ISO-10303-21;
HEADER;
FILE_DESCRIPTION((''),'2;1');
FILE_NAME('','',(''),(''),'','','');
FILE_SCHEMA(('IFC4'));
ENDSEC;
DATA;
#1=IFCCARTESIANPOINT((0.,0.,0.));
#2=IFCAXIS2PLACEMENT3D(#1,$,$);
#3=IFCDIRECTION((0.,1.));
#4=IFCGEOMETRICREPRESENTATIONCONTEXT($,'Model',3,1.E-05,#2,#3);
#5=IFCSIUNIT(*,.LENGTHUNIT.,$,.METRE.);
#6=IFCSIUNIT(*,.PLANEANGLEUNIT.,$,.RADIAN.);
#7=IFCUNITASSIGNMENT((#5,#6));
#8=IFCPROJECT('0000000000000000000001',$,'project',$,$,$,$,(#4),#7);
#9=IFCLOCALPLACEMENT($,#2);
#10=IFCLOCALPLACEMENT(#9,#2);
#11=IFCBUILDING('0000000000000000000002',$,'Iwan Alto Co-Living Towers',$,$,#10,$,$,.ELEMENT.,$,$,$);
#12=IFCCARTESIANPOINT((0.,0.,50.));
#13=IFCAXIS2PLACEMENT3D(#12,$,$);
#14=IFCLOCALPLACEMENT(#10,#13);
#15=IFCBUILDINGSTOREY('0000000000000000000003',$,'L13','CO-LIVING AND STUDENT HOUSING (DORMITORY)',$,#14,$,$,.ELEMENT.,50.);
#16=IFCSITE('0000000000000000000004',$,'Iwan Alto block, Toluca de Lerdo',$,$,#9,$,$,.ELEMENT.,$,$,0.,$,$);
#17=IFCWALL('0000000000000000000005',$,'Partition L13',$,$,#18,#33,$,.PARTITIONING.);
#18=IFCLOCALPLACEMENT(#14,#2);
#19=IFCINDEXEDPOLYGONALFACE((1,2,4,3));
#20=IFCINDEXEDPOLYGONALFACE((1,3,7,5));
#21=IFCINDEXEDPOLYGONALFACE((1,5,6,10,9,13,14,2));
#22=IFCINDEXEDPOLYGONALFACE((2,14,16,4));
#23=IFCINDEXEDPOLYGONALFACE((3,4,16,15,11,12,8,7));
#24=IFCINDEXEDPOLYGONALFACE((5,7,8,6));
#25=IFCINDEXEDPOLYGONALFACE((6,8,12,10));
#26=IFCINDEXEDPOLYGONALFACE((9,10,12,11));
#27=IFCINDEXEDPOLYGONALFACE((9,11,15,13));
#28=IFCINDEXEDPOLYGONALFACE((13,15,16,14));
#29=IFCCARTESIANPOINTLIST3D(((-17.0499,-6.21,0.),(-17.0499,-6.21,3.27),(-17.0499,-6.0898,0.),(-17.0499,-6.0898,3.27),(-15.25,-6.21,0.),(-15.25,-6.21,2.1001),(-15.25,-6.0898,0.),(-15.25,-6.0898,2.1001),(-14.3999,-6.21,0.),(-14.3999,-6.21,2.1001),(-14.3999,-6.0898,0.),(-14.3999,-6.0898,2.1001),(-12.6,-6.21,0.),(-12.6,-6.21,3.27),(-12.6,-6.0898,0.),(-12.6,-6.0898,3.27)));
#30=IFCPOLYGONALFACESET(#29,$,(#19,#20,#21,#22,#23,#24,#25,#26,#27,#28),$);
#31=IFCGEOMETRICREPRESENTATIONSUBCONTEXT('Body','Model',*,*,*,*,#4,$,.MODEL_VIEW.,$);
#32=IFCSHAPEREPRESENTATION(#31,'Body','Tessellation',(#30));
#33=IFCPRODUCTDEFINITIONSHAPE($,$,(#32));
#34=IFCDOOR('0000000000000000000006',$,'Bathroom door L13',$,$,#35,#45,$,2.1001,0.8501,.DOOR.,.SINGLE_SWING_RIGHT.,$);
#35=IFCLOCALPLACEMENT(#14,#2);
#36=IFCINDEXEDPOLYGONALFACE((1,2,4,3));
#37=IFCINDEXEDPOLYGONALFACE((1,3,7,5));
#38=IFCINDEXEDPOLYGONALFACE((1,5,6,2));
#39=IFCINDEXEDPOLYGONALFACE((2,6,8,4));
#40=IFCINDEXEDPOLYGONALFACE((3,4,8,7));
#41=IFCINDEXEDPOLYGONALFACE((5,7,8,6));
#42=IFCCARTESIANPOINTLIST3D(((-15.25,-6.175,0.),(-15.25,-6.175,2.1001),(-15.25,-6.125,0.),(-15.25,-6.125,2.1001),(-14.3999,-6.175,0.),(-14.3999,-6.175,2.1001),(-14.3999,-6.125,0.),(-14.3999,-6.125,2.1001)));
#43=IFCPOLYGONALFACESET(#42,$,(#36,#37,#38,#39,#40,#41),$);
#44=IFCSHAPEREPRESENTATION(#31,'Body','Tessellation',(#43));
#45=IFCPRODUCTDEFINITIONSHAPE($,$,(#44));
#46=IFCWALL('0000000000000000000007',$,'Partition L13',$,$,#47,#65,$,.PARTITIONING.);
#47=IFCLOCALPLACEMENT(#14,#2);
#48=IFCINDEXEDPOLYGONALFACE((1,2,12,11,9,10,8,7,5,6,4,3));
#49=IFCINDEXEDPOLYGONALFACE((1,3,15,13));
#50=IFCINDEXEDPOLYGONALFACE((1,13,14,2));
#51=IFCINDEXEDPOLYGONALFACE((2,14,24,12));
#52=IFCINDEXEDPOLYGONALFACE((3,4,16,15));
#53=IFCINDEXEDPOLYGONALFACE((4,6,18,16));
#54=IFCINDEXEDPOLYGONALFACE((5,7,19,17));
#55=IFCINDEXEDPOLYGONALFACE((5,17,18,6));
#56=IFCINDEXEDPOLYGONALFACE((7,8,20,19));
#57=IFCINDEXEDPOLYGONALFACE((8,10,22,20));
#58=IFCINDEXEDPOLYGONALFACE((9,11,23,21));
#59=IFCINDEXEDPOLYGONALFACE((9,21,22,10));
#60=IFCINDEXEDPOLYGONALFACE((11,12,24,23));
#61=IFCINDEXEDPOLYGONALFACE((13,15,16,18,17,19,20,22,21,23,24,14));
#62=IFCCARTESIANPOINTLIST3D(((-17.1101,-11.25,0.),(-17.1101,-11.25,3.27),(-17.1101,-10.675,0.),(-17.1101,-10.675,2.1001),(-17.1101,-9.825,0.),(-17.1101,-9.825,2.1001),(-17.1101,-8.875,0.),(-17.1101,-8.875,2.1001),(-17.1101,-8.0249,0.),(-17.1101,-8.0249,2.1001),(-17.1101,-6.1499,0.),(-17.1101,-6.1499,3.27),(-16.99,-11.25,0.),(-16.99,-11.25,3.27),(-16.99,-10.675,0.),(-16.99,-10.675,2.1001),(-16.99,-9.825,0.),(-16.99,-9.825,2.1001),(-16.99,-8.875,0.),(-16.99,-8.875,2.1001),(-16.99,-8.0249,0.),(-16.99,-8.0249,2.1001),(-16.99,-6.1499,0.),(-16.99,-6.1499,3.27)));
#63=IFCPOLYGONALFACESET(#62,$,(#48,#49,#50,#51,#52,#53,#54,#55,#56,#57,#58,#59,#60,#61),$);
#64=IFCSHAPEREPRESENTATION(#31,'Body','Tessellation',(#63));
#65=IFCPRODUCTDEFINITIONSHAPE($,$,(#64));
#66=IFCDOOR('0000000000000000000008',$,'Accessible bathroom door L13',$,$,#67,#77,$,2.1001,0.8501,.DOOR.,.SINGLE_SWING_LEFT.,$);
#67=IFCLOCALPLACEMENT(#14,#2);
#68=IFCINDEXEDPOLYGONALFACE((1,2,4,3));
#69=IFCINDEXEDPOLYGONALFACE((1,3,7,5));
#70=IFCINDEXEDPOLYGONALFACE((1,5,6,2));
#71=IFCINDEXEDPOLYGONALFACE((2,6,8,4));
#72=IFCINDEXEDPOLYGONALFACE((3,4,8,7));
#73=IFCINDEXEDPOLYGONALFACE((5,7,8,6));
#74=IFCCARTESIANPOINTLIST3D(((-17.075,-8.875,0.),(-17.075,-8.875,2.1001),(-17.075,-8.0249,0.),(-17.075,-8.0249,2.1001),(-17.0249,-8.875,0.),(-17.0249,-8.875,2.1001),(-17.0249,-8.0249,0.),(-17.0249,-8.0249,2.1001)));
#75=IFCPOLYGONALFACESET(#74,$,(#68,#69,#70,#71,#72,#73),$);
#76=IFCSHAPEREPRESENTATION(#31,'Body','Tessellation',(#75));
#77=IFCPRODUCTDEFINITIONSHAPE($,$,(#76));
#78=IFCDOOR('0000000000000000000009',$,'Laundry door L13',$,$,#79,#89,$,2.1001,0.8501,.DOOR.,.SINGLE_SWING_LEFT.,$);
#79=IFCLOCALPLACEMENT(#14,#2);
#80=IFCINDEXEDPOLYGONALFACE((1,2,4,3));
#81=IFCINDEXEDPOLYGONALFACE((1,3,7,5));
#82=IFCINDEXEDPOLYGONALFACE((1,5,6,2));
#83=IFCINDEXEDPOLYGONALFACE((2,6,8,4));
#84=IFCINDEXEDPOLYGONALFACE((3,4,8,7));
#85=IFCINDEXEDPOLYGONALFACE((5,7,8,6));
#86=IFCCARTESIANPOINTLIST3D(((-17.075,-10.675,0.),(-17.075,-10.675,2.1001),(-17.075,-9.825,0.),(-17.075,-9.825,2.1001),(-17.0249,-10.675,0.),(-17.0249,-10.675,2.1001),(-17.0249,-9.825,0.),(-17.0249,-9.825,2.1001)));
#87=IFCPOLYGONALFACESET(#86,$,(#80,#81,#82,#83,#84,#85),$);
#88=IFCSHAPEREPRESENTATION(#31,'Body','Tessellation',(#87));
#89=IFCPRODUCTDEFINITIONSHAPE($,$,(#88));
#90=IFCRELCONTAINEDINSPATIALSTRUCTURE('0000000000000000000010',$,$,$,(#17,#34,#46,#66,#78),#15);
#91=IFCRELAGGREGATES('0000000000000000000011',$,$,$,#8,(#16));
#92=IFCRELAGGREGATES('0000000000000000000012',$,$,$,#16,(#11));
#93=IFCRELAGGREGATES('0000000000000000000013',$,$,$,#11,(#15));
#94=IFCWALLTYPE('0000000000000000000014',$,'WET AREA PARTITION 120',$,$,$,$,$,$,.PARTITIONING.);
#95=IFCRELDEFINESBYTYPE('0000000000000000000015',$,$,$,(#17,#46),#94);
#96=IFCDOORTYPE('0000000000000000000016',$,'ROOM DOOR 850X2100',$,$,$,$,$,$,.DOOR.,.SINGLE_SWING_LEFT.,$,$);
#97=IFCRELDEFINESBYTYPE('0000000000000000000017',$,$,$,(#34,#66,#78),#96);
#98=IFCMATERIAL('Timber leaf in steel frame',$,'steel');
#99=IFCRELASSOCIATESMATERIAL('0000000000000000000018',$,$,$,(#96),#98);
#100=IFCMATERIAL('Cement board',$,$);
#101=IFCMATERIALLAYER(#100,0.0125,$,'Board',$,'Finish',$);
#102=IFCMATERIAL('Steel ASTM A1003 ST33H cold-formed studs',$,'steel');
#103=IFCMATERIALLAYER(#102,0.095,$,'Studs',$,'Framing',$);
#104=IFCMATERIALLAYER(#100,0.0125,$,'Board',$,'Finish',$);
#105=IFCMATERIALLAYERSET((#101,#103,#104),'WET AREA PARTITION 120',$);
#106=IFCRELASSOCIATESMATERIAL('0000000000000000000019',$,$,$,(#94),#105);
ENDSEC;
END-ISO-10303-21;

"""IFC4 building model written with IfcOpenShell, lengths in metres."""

from ifc_helpers import new_model, si_unit, direction, frame, frame_2d, origin, place, context, subcontext, project, spatial, rectangle, extrude, material, layer, layer_set, type_object, element, fill, save


model = new_model("IFC4")

# Units and contexts
model_context = context("Model", 3, precision=1e-05, world=origin(), true_north=direction((0.0, 1.0)))
body_context = subcontext(model_context, "Body", "Model", "MODEL_VIEW")
ifc_project = project(units=[si_unit("LENGTHUNIT", "METRE"), si_unit("PLANEANGLEUNIT", "RADIAN")], contexts=[model_context])

# Site, building, storey
site_placement = place(None, origin())
site = spatial("IfcSite", under=ifc_project, at=site_placement, Name="Iwan Alto block, Toluca de Lerdo", CompositionType="ELEMENT", RefElevation=0.0)
building_placement = place(site_placement, origin())
building = spatial("IfcBuilding", under=site, at=building_placement, Name="Iwan Alto Co-Living Towers", CompositionType="ELEMENT")
storey_placement = place(building_placement, frame((0.0, 0.0, 50.0)))
storey = spatial("IfcBuildingStorey", under=building, at=storey_placement, Name="L13", Description="CO-LIVING AND STUDENT HOUSING (DORMITORY)", CompositionType="ELEMENT", Elevation=50.0)

# Shared definitions
ifc_material_1 = material(Name="Steel ASTM A1003 ST33H cold-formed studs", Category="steel")

# Shared definitions
ifc_material_2 = material(Name="Timber leaf in steel frame", Category="steel")
door_type_1 = type_object("IfcDoorType", Name="ROOM DOOR 850X2100", OperationType="SINGLE_SWING_LEFT", PredefinedType="DOOR", material=ifc_material_2)

# Shared definitions
ifc_material_3 = material(Name="Cement board")
ifc_layer_1 = layer(ifc_material_3, 0.0125, Name="Board", Category="Finish")
ifc_layer_2 = layer(ifc_material_1, 0.095, Name="Studs", Category="Framing")
ifc_layer_3 = layer(ifc_material_3, 0.0125, Name="Board", Category="Finish")
ifc_layer_set_1 = layer_set([ifc_layer_1, ifc_layer_2, ifc_layer_3], Name="WET AREA PARTITION 120")
wall_type_1 = type_object("IfcWallType", Name="WET AREA PARTITION 120", PredefinedType="PARTITIONING", material=ifc_layer_set_1)

# Wall, opening, door
wall_1_placement = place(storey_placement, frame((-17.05, -6.1499, 0.0), z_axis=(0.0, 0.0, 1.0), x_axis=(1.0, 0.0, 0.0)))
wall_1 = element("IfcWall", 1, at=wall_1_placement, inside=storey, type_object=wall_type_1, Name="Partition L13", PredefinedType="PARTITIONING", context=body_context, shape_type="SweptSolid", body=[
    extrude(rectangle(XDim=4.45, YDim=0.1201, at=frame_2d((2.2251, 0.0))), origin(), (0.0, 0.0, 1.0), 3.27),
])
opening_1_placement = place(wall_1_placement, frame((1.8, 0.0, 0.0)))
opening_1 = element("IfcOpeningElement", 2, at=opening_1_placement, cuts=wall_1, PredefinedType="OPENING", context=body_context, shape_type="SweptSolid", body=[
    extrude(rectangle(XDim=0.8501, YDim=2.1001, at=frame_2d((0.425, 1.05))), frame((0.0, 0.0701, 0.0), z_axis=(0.0, -1.0, 0.0), x_axis=(1.0, 0.0, 0.0)), (0.0, 0.0, 1.0), 0.1401),
])
door_1_placement = place(opening_1_placement, origin())
door_1 = element("IfcDoor", 3, at=door_1_placement, inside=storey, type_object=door_type_1, Name="Bathroom door L13", OperationType="SINGLE_SWING_RIGHT", OverallHeight=2.1001, OverallWidth=0.8501, PredefinedType="DOOR", context=body_context, shape_type="SweptSolid", body=[
    extrude(rectangle(XDim=0.8501, YDim=2.1001, at=frame_2d((0.425, 1.05))), frame((0.0, 0.0249, 0.0), z_axis=(0.0, -1.0, 0.0), x_axis=(1.0, 0.0, 0.0)), (0.0, 0.0, 1.0), 0.05),
])
fill(opening_1, door_1)

# Wall, openings, doors
wall_2_placement = place(storey_placement, frame((-17.05, -11.25, 0.0), z_axis=(0.0, 0.0, 1.0), x_axis=(0.0, 1.0, 0.0)))
wall_2 = element("IfcWall", 4, at=wall_2_placement, inside=storey, type_object=wall_type_1, Name="Partition L13", PredefinedType="PARTITIONING", context=body_context, shape_type="SweptSolid", body=[
    extrude(rectangle(XDim=5.1001, YDim=0.1201, at=frame_2d((2.55, 0.0))), origin(), (0.0, 0.0, 1.0), 3.27),
])
opening_2_placement = place(wall_2_placement, frame((2.375, 0.0, 0.0)))
opening_2 = element("IfcOpeningElement", 5, at=opening_2_placement, cuts=wall_2, PredefinedType="OPENING", context=body_context, shape_type="SweptSolid", body=[
    extrude(rectangle(XDim=0.8501, YDim=2.1001, at=frame_2d((0.425, 1.05))), frame((0.0, 0.0701, 0.0), z_axis=(0.0, -1.0, 0.0), x_axis=(1.0, 0.0, 0.0)), (0.0, 0.0, 1.0), 0.1401),
])
opening_3_placement = place(wall_2_placement, frame((0.575, 0.0, 0.0)))
opening_3 = element("IfcOpeningElement", 6, at=opening_3_placement, cuts=wall_2, PredefinedType="OPENING", context=body_context, shape_type="SweptSolid", body=[
    extrude(rectangle(XDim=0.8501, YDim=2.1001, at=frame_2d((0.425, 1.05))), frame((0.0, 0.0701, 0.0), z_axis=(0.0, -1.0, 0.0), x_axis=(1.0, 0.0, 0.0)), (0.0, 0.0, 1.0), 0.1401),
])
door_2_placement = place(opening_2_placement, origin())
door_2 = element("IfcDoor", 7, at=door_2_placement, inside=storey, type_object=door_type_1, Name="Accessible bathroom door L13", OperationType="SINGLE_SWING_LEFT", OverallHeight=2.1001, OverallWidth=0.8501, PredefinedType="DOOR", context=body_context, shape_type="SweptSolid", body=[
    extrude(rectangle(XDim=0.8501, YDim=2.1001, at=frame_2d((0.425, 1.05))), frame((0.0, 0.0249, 0.0), z_axis=(0.0, -1.0, 0.0), x_axis=(1.0, 0.0, 0.0)), (0.0, 0.0, 1.0), 0.05),
])
fill(opening_2, door_2)
door_3_placement = place(opening_3_placement, origin())
door_3 = element("IfcDoor", 8, at=door_3_placement, inside=storey, type_object=door_type_1, Name="Laundry door L13", OperationType="SINGLE_SWING_LEFT", OverallHeight=2.1001, OverallWidth=0.8501, PredefinedType="DOOR", context=body_context, shape_type="SweptSolid", body=[
    extrude(rectangle(XDim=0.8501, YDim=2.1001, at=frame_2d((0.425, 1.05))), frame((0.0, 0.0249, 0.0), z_axis=(0.0, -1.0, 0.0), x_axis=(1.0, 0.0, 0.0)), (0.0, 0.0, 1.0), 0.05),
])
fill(opening_3, door_3)

save(model, "model.ifc")
